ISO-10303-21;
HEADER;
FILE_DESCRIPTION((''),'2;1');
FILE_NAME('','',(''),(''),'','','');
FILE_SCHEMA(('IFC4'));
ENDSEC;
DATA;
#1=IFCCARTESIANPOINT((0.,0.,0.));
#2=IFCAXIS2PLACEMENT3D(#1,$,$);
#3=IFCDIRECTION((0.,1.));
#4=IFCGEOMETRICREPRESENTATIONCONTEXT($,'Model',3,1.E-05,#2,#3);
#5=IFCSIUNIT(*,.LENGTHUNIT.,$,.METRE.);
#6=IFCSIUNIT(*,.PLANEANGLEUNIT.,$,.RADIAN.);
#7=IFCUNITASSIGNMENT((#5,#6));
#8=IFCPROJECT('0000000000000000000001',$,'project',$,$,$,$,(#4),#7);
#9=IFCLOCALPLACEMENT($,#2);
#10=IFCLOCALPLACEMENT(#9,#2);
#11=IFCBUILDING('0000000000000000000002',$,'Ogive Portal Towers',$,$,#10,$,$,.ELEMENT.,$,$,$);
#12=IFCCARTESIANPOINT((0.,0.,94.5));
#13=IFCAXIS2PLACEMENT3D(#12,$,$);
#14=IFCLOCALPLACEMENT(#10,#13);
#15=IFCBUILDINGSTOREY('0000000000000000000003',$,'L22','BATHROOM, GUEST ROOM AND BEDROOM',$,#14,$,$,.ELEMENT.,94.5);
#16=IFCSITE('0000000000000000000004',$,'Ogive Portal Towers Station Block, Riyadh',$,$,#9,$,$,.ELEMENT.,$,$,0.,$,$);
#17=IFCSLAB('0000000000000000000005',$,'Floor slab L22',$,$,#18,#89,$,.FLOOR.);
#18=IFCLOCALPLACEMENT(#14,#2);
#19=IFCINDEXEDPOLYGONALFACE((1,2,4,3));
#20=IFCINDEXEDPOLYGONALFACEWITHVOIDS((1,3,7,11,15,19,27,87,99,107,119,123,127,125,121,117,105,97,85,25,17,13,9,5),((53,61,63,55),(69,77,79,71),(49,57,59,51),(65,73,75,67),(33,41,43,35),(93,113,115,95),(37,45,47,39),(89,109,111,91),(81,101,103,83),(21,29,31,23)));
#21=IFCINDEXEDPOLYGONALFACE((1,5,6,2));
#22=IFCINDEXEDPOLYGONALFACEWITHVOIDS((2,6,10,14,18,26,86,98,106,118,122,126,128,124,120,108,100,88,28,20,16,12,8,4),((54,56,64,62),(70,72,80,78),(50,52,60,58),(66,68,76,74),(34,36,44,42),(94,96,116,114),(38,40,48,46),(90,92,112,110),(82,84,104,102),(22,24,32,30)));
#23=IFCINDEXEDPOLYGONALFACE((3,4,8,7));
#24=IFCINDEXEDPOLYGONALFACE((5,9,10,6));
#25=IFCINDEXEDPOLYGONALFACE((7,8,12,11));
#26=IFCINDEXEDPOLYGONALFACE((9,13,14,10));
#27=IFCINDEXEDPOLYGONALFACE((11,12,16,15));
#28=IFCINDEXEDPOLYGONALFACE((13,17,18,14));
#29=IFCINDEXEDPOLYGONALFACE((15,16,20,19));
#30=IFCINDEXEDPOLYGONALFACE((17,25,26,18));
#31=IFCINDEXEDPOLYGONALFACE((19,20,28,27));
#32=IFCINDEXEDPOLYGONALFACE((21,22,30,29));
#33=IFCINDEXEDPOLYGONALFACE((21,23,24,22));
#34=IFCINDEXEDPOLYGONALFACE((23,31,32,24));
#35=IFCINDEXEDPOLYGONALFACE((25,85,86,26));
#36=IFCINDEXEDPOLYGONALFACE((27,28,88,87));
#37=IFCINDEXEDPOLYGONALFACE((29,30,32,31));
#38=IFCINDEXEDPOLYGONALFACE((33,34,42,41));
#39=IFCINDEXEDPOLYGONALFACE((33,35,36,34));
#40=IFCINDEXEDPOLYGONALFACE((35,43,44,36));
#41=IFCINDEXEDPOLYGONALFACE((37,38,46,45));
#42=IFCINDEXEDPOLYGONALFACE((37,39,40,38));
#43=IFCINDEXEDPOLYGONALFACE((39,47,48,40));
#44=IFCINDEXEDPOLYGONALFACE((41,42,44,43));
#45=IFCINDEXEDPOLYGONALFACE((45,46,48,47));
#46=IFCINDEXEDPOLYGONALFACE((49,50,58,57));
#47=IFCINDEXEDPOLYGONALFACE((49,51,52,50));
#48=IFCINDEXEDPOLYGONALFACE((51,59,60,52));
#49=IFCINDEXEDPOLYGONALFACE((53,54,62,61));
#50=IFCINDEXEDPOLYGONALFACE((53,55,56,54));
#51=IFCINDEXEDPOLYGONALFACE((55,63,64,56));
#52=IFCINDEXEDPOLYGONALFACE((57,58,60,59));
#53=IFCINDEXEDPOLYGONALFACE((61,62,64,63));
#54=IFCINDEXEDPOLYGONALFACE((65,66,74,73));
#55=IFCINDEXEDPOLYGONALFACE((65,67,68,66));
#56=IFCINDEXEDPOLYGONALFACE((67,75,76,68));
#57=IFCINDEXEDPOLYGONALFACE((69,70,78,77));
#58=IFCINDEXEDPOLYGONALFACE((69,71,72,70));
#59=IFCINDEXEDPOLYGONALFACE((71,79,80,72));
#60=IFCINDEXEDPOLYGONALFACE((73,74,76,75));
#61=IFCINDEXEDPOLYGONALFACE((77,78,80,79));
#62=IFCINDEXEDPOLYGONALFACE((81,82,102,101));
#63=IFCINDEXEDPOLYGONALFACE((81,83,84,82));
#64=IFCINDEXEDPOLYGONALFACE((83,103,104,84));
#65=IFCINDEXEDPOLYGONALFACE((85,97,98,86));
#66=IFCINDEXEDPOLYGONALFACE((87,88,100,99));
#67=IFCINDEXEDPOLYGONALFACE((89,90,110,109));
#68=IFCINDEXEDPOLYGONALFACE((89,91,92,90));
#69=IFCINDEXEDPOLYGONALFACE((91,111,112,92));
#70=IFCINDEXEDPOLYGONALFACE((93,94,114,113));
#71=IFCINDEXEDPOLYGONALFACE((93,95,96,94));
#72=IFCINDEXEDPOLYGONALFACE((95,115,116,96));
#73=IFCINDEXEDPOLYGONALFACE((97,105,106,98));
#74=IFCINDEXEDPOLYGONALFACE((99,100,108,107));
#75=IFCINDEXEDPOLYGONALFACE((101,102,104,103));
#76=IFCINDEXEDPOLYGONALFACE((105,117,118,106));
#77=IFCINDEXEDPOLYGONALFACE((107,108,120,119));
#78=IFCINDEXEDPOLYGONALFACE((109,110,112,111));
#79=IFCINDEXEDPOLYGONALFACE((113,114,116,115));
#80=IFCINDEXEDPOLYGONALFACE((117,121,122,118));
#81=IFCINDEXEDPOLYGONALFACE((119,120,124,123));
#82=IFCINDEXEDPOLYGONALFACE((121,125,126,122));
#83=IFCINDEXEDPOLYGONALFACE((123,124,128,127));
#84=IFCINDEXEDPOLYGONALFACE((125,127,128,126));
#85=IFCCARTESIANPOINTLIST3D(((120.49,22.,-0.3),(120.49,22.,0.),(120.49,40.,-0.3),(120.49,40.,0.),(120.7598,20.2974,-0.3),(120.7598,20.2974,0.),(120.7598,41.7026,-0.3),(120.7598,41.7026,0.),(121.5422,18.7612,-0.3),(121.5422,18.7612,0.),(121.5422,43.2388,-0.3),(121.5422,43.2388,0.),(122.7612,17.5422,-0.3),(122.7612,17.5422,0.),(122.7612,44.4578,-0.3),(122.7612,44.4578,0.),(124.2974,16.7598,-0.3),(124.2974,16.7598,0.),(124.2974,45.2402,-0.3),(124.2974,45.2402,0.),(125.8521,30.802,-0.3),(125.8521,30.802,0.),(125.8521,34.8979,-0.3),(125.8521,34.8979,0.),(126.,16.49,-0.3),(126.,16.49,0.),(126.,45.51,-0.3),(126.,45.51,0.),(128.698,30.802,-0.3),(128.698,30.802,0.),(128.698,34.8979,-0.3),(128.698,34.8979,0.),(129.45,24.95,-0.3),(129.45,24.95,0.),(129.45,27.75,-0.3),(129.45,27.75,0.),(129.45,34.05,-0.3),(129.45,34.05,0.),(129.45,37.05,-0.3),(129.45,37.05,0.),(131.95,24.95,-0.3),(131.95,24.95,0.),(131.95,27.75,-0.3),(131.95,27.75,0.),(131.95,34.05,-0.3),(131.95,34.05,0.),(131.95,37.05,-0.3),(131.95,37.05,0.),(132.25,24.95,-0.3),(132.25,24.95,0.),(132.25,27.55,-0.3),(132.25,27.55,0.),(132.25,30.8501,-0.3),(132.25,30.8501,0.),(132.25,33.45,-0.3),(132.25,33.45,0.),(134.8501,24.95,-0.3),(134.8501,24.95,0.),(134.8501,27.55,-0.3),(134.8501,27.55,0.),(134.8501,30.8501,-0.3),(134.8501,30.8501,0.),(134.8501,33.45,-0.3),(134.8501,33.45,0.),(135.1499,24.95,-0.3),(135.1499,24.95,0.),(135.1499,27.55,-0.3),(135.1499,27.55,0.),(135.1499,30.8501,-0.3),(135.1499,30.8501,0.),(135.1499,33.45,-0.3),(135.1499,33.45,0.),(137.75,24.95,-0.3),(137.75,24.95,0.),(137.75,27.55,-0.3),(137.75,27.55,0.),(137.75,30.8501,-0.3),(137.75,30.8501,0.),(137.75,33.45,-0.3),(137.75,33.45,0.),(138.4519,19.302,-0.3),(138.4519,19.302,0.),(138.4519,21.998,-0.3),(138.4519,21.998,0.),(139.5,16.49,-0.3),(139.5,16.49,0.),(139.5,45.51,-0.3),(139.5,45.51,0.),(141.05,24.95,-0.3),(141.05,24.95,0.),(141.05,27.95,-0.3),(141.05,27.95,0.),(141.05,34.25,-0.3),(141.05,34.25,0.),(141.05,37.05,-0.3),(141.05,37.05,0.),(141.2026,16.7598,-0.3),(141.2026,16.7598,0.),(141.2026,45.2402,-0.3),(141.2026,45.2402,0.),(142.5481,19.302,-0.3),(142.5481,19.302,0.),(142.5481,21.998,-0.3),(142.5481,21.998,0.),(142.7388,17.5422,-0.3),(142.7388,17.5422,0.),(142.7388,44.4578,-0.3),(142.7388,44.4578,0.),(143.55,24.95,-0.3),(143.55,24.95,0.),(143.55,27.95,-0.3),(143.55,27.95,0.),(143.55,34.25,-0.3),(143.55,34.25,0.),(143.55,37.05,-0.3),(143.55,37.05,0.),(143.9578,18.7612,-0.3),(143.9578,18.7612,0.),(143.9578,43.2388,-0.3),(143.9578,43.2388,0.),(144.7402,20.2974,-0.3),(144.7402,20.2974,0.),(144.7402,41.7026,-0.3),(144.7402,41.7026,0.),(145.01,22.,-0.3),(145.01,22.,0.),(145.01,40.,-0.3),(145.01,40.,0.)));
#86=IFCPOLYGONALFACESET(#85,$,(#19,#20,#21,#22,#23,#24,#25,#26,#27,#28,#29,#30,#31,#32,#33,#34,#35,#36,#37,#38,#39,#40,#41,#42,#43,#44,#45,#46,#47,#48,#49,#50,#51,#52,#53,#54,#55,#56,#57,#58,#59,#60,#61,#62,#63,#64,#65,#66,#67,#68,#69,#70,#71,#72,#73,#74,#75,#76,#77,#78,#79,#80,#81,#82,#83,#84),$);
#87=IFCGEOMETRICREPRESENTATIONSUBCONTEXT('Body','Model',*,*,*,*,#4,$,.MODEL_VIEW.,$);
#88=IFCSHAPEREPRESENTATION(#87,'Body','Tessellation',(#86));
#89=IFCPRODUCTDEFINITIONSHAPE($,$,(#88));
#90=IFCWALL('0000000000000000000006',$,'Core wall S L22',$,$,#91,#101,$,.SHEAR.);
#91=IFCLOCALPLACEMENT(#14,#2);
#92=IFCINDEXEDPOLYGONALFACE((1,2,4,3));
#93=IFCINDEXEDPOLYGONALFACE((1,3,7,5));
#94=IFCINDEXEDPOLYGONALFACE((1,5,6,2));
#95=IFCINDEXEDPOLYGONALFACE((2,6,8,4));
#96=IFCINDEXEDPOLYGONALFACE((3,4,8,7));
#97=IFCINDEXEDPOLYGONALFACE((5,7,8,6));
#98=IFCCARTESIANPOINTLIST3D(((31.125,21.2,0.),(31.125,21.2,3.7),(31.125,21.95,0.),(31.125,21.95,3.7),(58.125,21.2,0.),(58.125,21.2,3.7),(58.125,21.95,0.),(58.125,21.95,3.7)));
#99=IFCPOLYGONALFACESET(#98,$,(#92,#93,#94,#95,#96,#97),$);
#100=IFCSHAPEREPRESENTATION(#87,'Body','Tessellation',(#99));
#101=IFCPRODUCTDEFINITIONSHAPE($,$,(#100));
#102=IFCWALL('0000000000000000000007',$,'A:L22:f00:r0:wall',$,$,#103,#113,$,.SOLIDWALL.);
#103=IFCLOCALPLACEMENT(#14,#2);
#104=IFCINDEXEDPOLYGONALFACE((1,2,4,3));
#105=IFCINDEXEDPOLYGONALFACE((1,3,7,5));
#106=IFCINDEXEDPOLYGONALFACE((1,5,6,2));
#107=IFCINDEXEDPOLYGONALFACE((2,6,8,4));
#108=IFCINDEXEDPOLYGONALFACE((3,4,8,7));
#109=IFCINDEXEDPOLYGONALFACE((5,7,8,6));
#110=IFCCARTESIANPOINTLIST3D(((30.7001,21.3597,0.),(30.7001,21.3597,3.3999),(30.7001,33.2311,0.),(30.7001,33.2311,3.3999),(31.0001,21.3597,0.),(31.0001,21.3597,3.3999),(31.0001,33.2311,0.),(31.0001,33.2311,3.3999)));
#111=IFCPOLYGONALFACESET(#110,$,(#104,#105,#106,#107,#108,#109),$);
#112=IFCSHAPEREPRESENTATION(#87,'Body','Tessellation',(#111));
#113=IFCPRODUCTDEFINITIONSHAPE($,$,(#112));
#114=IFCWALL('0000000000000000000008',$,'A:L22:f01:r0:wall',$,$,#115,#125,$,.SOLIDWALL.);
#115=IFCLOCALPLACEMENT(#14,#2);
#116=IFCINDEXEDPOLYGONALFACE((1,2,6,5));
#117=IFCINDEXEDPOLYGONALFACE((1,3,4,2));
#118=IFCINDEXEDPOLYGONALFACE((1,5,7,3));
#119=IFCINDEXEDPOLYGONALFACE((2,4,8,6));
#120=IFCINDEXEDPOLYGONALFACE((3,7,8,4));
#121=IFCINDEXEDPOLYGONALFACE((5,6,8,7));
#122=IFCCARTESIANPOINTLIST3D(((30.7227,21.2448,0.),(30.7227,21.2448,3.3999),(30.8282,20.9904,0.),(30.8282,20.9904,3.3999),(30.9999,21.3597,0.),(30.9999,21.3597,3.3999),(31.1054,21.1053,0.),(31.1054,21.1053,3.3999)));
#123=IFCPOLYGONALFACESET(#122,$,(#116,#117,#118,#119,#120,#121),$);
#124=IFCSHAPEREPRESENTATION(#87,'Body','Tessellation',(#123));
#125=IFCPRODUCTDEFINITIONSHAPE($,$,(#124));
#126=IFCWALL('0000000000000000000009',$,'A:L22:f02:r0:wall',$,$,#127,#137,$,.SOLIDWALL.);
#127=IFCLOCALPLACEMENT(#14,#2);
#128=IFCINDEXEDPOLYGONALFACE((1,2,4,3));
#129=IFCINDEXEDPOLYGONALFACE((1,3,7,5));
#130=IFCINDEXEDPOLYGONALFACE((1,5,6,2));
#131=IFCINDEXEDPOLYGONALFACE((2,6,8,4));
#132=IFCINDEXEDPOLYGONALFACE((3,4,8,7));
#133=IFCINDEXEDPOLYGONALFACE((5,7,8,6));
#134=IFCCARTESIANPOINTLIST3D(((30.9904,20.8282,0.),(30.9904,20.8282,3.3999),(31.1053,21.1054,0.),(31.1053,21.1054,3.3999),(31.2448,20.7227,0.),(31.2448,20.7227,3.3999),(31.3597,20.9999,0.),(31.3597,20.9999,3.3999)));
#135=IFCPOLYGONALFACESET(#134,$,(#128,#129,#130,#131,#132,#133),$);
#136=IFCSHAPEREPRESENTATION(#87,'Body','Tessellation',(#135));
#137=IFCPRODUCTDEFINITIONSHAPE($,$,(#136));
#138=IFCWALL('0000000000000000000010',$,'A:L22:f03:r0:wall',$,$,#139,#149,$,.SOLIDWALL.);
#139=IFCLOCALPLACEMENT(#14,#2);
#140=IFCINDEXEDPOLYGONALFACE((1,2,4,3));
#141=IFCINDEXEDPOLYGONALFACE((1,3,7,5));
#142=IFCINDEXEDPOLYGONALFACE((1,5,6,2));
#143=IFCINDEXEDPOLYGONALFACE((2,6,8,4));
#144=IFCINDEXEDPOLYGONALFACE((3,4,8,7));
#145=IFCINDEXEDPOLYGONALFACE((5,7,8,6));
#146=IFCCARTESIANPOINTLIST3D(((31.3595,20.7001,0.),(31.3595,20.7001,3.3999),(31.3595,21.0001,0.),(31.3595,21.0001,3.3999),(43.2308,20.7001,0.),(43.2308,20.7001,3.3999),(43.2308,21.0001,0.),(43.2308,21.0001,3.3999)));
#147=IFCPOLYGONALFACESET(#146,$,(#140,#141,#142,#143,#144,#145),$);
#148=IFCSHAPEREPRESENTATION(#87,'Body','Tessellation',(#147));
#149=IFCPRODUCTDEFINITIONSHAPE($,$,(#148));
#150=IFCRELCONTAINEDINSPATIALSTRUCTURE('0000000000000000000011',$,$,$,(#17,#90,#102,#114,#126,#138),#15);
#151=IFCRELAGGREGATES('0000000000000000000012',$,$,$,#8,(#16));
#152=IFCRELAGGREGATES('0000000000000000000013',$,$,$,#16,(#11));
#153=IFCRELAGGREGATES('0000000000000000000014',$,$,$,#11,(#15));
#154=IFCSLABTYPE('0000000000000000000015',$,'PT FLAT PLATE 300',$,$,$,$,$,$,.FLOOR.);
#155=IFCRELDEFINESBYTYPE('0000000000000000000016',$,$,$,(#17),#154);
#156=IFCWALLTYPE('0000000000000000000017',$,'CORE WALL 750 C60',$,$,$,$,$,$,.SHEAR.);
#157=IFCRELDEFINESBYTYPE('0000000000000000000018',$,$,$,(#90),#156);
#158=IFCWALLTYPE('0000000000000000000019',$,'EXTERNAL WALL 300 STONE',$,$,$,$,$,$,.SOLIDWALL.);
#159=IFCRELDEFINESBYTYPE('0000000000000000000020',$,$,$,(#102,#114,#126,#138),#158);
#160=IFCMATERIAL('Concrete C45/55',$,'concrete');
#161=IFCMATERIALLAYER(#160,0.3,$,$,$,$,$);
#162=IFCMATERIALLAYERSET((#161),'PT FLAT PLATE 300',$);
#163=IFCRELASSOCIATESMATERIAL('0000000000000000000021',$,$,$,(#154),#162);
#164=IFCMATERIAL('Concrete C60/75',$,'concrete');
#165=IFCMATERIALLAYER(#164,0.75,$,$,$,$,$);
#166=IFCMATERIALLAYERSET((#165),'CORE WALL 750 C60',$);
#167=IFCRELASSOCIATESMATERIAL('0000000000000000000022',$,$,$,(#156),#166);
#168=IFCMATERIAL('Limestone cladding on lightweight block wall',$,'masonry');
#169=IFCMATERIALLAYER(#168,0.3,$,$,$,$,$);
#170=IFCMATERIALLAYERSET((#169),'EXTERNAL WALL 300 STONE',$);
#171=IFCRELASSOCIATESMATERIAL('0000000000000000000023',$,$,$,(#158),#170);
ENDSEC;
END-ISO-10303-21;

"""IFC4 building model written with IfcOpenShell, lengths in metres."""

from ifc_helpers import new_model, si_unit, direction, frame, frame_2d, origin, place, context, subcontext, project, spatial, polyline, rectangle, outline, extrude, material, layer, layer_set, type_object, element, save


model = new_model("IFC4")

# Units and contexts
model_context = context("Model", 3, precision=1e-05, world=origin(), true_north=direction((0.0, 1.0)))
body_context = subcontext(model_context, "Body", "Model", "MODEL_VIEW")
ifc_project = project(units=[si_unit("LENGTHUNIT", "METRE"), si_unit("PLANEANGLEUNIT", "RADIAN")], contexts=[model_context])

# Site, building, storey
site_placement = place(None, origin())
site = spatial("IfcSite", under=ifc_project, at=site_placement, Name="Ogive Portal Towers Station Block, Riyadh", CompositionType="ELEMENT", RefElevation=0.0)
building_placement = place(site_placement, origin())
building = spatial("IfcBuilding", under=site, at=building_placement, Name="Ogive Portal Towers", CompositionType="ELEMENT")
storey_placement = place(building_placement, frame((0.0, 0.0, 94.5)))
storey = spatial("IfcBuildingStorey", under=building, at=storey_placement, Name="L22", Description="BATHROOM, GUEST ROOM AND BEDROOM", CompositionType="ELEMENT", Elevation=94.5)

# Slab
ifc_material_1 = material(Name="Concrete C45/55", Category="concrete")
ifc_layer_1 = layer(ifc_material_1, 0.3)
ifc_layer_set_1 = layer_set([ifc_layer_1], Name="PT FLAT PLATE 300")
slab_type_1 = type_object("IfcSlabType", Name="PT FLAT PLATE 300", PredefinedType="FLOOR", material=ifc_layer_set_1)
slab_1_placement = place(storey_placement, frame((0.0, 0.0, -0.3)))
element("IfcSlab", 1, at=slab_1_placement, inside=storey, type_object=slab_type_1, Name="Floor slab L22", PredefinedType="FLOOR", context=body_context, shape_type="SweptSolid", body=[
    extrude(outline(polyline([(120.49, 40.0), (120.49, 22.0), (120.7598, 20.2974), (121.5422, 18.7612), (122.7612, 17.5422), (124.2974, 16.7598), (126.0, 16.49), (139.5, 16.49), (141.2026, 16.7598), (142.7388, 17.5422), (143.9578, 18.7612), (144.7402, 20.2974), (145.01, 22.0), (145.01, 40.0), (144.7402, 41.7026), (143.9578, 43.2388), (142.7388, 44.4578), (141.2026, 45.2402), (139.5, 45.51), (126.0, 45.51), (124.2974, 45.2402), (122.7612, 44.4578), (121.5422, 43.2388), (120.7598, 41.7026), (120.49, 40.0)]), holes=[polyline([(131.95, 27.75), (131.95, 24.95), (129.45, 24.95), (129.45, 27.75), (131.95, 27.75)]), polyline([(128.698, 34.8979), (128.698, 30.802), (125.8521, 30.802), (125.8521, 34.8979), (128.698, 34.8979)]), polyline([(131.95, 37.05), (131.95, 34.05), (129.45, 34.05), (129.45, 37.05), (131.95, 37.05)]), polyline([(138.4519, 21.998), (142.5481, 21.998), (142.5481, 19.302), (138.4519, 19.302), (138.4519, 21.998)]), polyline([(134.8501, 27.55), (134.8501, 24.95), (132.25, 24.95), (132.25, 27.55), (134.8501, 27.55)]), polyline([(137.75, 27.55), (137.75, 24.95), (135.1499, 24.95), (135.1499, 27.55), (137.75, 27.55)]), polyline([(143.55, 27.95), (143.55, 24.95), (141.05, 24.95), (141.05, 27.95), (143.55, 27.95)]), polyline([(134.8501, 33.45), (134.8501, 30.8501), (132.25, 30.8501), (132.25, 33.45), (134.8501, 33.45)]), polyline([(137.75, 33.45), (137.75, 30.8501), (135.1499, 30.8501), (135.1499, 33.45), (137.75, 33.45)]), polyline([(141.05, 37.05), (143.55, 37.05), (143.55, 34.25), (141.05, 34.25), (141.05, 37.05)])]), origin(), (0.0, 0.0, 1.0), 0.3),
])

# Walls
ifc_material_2 = material(Name="Concrete C60/75", Category="concrete")
ifc_layer_2 = layer(ifc_material_2, 0.75)
ifc_layer_set_2 = layer_set([ifc_layer_2], Name="CORE WALL 750 C60")
wall_type_1 = type_object("IfcWallType", Name="CORE WALL 750 C60", PredefinedType="SHEAR", material=ifc_layer_set_2)
wall_1_placement = place(storey_placement, frame((31.125, 21.575, 0.0), z_axis=(0.0, 0.0, 1.0), x_axis=(1.0, 0.0, 0.0)))
element("IfcWall", 2, at=wall_1_placement, inside=storey, type_object=wall_type_1, Name="Core wall S L22", PredefinedType="SHEAR", context=body_context, shape_type="SweptSolid", body=[
    extrude(rectangle(XDim=27.0, YDim=0.75, at=frame_2d((13.5, 0.0))), origin(), (0.0, 0.0, 1.0), 3.7),
])
ifc_material_3 = material(Name="Limestone cladding on lightweight block wall", Category="masonry")
ifc_layer_3 = layer(ifc_material_3, 0.3)
ifc_layer_set_3 = layer_set([ifc_layer_3], Name="EXTERNAL WALL 300 STONE")
wall_type_2 = type_object("IfcWallType", Name="EXTERNAL WALL 300 STONE", PredefinedType="SOLIDWALL", material=ifc_layer_set_3)
wall_2_placement = place(storey_placement, frame((30.8501, 33.231, 0.0), z_axis=(0.0, 0.0, 1.0), x_axis=(0.0, -1.0, 0.0)))
element("IfcWall", 3, at=wall_2_placement, inside=storey, type_object=wall_type_2, Name="A:L22:f00:r0:wall", PredefinedType="SOLIDWALL", context=body_context, shape_type="SweptSolid", body=[
    extrude(rectangle(XDim=11.8713, YDim=0.3, at=frame_2d((5.9355, 0.0))), origin(), (0.0, 0.0, 1.0), 3.3999),
])
for number, where, z_axis, x_axis, name in (
    (4, (30.8613, 21.3022, 0.0), (0.0, 0.0, 1.0), (0.382978, -0.923757, 0.0), "A:L22:f01:r0:wall"),
    (5, (31.0479, 20.9668, 0.0), (0.0, 0.0, 1.0), (0.923757, -0.382978, 0.0), "A:L22:f02:r0:wall"),
):
    element("IfcWall", number, at=place(storey_placement, frame(where, z_axis=z_axis, x_axis=x_axis)), inside=storey, type_object=wall_type_2, Name=name, PredefinedType="SOLIDWALL", context=body_context, shape_type="SweptSolid", body=[
        extrude(rectangle(XDim=0.2754, YDim=0.3, at=frame_2d((0.1377, 0.0))), origin(), (0.0, 0.0, 1.0), 3.3999),
    ])
wall_3_placement = place(storey_placement, frame((31.3596, 20.8501, 0.0), z_axis=(0.0, 0.0, 1.0), x_axis=(1.0, 0.0, 0.0)))
element("IfcWall", 6, at=wall_3_placement, inside=storey, type_object=wall_type_2, Name="A:L22:f03:r0:wall", PredefinedType="SOLIDWALL", context=body_context, shape_type="SweptSolid", body=[
    extrude(rectangle(XDim=11.8713, YDim=0.3, at=frame_2d((5.9355, 0.0))), origin(), (0.0, 0.0, 1.0), 3.3999),
])

save(model, "model.ifc")
